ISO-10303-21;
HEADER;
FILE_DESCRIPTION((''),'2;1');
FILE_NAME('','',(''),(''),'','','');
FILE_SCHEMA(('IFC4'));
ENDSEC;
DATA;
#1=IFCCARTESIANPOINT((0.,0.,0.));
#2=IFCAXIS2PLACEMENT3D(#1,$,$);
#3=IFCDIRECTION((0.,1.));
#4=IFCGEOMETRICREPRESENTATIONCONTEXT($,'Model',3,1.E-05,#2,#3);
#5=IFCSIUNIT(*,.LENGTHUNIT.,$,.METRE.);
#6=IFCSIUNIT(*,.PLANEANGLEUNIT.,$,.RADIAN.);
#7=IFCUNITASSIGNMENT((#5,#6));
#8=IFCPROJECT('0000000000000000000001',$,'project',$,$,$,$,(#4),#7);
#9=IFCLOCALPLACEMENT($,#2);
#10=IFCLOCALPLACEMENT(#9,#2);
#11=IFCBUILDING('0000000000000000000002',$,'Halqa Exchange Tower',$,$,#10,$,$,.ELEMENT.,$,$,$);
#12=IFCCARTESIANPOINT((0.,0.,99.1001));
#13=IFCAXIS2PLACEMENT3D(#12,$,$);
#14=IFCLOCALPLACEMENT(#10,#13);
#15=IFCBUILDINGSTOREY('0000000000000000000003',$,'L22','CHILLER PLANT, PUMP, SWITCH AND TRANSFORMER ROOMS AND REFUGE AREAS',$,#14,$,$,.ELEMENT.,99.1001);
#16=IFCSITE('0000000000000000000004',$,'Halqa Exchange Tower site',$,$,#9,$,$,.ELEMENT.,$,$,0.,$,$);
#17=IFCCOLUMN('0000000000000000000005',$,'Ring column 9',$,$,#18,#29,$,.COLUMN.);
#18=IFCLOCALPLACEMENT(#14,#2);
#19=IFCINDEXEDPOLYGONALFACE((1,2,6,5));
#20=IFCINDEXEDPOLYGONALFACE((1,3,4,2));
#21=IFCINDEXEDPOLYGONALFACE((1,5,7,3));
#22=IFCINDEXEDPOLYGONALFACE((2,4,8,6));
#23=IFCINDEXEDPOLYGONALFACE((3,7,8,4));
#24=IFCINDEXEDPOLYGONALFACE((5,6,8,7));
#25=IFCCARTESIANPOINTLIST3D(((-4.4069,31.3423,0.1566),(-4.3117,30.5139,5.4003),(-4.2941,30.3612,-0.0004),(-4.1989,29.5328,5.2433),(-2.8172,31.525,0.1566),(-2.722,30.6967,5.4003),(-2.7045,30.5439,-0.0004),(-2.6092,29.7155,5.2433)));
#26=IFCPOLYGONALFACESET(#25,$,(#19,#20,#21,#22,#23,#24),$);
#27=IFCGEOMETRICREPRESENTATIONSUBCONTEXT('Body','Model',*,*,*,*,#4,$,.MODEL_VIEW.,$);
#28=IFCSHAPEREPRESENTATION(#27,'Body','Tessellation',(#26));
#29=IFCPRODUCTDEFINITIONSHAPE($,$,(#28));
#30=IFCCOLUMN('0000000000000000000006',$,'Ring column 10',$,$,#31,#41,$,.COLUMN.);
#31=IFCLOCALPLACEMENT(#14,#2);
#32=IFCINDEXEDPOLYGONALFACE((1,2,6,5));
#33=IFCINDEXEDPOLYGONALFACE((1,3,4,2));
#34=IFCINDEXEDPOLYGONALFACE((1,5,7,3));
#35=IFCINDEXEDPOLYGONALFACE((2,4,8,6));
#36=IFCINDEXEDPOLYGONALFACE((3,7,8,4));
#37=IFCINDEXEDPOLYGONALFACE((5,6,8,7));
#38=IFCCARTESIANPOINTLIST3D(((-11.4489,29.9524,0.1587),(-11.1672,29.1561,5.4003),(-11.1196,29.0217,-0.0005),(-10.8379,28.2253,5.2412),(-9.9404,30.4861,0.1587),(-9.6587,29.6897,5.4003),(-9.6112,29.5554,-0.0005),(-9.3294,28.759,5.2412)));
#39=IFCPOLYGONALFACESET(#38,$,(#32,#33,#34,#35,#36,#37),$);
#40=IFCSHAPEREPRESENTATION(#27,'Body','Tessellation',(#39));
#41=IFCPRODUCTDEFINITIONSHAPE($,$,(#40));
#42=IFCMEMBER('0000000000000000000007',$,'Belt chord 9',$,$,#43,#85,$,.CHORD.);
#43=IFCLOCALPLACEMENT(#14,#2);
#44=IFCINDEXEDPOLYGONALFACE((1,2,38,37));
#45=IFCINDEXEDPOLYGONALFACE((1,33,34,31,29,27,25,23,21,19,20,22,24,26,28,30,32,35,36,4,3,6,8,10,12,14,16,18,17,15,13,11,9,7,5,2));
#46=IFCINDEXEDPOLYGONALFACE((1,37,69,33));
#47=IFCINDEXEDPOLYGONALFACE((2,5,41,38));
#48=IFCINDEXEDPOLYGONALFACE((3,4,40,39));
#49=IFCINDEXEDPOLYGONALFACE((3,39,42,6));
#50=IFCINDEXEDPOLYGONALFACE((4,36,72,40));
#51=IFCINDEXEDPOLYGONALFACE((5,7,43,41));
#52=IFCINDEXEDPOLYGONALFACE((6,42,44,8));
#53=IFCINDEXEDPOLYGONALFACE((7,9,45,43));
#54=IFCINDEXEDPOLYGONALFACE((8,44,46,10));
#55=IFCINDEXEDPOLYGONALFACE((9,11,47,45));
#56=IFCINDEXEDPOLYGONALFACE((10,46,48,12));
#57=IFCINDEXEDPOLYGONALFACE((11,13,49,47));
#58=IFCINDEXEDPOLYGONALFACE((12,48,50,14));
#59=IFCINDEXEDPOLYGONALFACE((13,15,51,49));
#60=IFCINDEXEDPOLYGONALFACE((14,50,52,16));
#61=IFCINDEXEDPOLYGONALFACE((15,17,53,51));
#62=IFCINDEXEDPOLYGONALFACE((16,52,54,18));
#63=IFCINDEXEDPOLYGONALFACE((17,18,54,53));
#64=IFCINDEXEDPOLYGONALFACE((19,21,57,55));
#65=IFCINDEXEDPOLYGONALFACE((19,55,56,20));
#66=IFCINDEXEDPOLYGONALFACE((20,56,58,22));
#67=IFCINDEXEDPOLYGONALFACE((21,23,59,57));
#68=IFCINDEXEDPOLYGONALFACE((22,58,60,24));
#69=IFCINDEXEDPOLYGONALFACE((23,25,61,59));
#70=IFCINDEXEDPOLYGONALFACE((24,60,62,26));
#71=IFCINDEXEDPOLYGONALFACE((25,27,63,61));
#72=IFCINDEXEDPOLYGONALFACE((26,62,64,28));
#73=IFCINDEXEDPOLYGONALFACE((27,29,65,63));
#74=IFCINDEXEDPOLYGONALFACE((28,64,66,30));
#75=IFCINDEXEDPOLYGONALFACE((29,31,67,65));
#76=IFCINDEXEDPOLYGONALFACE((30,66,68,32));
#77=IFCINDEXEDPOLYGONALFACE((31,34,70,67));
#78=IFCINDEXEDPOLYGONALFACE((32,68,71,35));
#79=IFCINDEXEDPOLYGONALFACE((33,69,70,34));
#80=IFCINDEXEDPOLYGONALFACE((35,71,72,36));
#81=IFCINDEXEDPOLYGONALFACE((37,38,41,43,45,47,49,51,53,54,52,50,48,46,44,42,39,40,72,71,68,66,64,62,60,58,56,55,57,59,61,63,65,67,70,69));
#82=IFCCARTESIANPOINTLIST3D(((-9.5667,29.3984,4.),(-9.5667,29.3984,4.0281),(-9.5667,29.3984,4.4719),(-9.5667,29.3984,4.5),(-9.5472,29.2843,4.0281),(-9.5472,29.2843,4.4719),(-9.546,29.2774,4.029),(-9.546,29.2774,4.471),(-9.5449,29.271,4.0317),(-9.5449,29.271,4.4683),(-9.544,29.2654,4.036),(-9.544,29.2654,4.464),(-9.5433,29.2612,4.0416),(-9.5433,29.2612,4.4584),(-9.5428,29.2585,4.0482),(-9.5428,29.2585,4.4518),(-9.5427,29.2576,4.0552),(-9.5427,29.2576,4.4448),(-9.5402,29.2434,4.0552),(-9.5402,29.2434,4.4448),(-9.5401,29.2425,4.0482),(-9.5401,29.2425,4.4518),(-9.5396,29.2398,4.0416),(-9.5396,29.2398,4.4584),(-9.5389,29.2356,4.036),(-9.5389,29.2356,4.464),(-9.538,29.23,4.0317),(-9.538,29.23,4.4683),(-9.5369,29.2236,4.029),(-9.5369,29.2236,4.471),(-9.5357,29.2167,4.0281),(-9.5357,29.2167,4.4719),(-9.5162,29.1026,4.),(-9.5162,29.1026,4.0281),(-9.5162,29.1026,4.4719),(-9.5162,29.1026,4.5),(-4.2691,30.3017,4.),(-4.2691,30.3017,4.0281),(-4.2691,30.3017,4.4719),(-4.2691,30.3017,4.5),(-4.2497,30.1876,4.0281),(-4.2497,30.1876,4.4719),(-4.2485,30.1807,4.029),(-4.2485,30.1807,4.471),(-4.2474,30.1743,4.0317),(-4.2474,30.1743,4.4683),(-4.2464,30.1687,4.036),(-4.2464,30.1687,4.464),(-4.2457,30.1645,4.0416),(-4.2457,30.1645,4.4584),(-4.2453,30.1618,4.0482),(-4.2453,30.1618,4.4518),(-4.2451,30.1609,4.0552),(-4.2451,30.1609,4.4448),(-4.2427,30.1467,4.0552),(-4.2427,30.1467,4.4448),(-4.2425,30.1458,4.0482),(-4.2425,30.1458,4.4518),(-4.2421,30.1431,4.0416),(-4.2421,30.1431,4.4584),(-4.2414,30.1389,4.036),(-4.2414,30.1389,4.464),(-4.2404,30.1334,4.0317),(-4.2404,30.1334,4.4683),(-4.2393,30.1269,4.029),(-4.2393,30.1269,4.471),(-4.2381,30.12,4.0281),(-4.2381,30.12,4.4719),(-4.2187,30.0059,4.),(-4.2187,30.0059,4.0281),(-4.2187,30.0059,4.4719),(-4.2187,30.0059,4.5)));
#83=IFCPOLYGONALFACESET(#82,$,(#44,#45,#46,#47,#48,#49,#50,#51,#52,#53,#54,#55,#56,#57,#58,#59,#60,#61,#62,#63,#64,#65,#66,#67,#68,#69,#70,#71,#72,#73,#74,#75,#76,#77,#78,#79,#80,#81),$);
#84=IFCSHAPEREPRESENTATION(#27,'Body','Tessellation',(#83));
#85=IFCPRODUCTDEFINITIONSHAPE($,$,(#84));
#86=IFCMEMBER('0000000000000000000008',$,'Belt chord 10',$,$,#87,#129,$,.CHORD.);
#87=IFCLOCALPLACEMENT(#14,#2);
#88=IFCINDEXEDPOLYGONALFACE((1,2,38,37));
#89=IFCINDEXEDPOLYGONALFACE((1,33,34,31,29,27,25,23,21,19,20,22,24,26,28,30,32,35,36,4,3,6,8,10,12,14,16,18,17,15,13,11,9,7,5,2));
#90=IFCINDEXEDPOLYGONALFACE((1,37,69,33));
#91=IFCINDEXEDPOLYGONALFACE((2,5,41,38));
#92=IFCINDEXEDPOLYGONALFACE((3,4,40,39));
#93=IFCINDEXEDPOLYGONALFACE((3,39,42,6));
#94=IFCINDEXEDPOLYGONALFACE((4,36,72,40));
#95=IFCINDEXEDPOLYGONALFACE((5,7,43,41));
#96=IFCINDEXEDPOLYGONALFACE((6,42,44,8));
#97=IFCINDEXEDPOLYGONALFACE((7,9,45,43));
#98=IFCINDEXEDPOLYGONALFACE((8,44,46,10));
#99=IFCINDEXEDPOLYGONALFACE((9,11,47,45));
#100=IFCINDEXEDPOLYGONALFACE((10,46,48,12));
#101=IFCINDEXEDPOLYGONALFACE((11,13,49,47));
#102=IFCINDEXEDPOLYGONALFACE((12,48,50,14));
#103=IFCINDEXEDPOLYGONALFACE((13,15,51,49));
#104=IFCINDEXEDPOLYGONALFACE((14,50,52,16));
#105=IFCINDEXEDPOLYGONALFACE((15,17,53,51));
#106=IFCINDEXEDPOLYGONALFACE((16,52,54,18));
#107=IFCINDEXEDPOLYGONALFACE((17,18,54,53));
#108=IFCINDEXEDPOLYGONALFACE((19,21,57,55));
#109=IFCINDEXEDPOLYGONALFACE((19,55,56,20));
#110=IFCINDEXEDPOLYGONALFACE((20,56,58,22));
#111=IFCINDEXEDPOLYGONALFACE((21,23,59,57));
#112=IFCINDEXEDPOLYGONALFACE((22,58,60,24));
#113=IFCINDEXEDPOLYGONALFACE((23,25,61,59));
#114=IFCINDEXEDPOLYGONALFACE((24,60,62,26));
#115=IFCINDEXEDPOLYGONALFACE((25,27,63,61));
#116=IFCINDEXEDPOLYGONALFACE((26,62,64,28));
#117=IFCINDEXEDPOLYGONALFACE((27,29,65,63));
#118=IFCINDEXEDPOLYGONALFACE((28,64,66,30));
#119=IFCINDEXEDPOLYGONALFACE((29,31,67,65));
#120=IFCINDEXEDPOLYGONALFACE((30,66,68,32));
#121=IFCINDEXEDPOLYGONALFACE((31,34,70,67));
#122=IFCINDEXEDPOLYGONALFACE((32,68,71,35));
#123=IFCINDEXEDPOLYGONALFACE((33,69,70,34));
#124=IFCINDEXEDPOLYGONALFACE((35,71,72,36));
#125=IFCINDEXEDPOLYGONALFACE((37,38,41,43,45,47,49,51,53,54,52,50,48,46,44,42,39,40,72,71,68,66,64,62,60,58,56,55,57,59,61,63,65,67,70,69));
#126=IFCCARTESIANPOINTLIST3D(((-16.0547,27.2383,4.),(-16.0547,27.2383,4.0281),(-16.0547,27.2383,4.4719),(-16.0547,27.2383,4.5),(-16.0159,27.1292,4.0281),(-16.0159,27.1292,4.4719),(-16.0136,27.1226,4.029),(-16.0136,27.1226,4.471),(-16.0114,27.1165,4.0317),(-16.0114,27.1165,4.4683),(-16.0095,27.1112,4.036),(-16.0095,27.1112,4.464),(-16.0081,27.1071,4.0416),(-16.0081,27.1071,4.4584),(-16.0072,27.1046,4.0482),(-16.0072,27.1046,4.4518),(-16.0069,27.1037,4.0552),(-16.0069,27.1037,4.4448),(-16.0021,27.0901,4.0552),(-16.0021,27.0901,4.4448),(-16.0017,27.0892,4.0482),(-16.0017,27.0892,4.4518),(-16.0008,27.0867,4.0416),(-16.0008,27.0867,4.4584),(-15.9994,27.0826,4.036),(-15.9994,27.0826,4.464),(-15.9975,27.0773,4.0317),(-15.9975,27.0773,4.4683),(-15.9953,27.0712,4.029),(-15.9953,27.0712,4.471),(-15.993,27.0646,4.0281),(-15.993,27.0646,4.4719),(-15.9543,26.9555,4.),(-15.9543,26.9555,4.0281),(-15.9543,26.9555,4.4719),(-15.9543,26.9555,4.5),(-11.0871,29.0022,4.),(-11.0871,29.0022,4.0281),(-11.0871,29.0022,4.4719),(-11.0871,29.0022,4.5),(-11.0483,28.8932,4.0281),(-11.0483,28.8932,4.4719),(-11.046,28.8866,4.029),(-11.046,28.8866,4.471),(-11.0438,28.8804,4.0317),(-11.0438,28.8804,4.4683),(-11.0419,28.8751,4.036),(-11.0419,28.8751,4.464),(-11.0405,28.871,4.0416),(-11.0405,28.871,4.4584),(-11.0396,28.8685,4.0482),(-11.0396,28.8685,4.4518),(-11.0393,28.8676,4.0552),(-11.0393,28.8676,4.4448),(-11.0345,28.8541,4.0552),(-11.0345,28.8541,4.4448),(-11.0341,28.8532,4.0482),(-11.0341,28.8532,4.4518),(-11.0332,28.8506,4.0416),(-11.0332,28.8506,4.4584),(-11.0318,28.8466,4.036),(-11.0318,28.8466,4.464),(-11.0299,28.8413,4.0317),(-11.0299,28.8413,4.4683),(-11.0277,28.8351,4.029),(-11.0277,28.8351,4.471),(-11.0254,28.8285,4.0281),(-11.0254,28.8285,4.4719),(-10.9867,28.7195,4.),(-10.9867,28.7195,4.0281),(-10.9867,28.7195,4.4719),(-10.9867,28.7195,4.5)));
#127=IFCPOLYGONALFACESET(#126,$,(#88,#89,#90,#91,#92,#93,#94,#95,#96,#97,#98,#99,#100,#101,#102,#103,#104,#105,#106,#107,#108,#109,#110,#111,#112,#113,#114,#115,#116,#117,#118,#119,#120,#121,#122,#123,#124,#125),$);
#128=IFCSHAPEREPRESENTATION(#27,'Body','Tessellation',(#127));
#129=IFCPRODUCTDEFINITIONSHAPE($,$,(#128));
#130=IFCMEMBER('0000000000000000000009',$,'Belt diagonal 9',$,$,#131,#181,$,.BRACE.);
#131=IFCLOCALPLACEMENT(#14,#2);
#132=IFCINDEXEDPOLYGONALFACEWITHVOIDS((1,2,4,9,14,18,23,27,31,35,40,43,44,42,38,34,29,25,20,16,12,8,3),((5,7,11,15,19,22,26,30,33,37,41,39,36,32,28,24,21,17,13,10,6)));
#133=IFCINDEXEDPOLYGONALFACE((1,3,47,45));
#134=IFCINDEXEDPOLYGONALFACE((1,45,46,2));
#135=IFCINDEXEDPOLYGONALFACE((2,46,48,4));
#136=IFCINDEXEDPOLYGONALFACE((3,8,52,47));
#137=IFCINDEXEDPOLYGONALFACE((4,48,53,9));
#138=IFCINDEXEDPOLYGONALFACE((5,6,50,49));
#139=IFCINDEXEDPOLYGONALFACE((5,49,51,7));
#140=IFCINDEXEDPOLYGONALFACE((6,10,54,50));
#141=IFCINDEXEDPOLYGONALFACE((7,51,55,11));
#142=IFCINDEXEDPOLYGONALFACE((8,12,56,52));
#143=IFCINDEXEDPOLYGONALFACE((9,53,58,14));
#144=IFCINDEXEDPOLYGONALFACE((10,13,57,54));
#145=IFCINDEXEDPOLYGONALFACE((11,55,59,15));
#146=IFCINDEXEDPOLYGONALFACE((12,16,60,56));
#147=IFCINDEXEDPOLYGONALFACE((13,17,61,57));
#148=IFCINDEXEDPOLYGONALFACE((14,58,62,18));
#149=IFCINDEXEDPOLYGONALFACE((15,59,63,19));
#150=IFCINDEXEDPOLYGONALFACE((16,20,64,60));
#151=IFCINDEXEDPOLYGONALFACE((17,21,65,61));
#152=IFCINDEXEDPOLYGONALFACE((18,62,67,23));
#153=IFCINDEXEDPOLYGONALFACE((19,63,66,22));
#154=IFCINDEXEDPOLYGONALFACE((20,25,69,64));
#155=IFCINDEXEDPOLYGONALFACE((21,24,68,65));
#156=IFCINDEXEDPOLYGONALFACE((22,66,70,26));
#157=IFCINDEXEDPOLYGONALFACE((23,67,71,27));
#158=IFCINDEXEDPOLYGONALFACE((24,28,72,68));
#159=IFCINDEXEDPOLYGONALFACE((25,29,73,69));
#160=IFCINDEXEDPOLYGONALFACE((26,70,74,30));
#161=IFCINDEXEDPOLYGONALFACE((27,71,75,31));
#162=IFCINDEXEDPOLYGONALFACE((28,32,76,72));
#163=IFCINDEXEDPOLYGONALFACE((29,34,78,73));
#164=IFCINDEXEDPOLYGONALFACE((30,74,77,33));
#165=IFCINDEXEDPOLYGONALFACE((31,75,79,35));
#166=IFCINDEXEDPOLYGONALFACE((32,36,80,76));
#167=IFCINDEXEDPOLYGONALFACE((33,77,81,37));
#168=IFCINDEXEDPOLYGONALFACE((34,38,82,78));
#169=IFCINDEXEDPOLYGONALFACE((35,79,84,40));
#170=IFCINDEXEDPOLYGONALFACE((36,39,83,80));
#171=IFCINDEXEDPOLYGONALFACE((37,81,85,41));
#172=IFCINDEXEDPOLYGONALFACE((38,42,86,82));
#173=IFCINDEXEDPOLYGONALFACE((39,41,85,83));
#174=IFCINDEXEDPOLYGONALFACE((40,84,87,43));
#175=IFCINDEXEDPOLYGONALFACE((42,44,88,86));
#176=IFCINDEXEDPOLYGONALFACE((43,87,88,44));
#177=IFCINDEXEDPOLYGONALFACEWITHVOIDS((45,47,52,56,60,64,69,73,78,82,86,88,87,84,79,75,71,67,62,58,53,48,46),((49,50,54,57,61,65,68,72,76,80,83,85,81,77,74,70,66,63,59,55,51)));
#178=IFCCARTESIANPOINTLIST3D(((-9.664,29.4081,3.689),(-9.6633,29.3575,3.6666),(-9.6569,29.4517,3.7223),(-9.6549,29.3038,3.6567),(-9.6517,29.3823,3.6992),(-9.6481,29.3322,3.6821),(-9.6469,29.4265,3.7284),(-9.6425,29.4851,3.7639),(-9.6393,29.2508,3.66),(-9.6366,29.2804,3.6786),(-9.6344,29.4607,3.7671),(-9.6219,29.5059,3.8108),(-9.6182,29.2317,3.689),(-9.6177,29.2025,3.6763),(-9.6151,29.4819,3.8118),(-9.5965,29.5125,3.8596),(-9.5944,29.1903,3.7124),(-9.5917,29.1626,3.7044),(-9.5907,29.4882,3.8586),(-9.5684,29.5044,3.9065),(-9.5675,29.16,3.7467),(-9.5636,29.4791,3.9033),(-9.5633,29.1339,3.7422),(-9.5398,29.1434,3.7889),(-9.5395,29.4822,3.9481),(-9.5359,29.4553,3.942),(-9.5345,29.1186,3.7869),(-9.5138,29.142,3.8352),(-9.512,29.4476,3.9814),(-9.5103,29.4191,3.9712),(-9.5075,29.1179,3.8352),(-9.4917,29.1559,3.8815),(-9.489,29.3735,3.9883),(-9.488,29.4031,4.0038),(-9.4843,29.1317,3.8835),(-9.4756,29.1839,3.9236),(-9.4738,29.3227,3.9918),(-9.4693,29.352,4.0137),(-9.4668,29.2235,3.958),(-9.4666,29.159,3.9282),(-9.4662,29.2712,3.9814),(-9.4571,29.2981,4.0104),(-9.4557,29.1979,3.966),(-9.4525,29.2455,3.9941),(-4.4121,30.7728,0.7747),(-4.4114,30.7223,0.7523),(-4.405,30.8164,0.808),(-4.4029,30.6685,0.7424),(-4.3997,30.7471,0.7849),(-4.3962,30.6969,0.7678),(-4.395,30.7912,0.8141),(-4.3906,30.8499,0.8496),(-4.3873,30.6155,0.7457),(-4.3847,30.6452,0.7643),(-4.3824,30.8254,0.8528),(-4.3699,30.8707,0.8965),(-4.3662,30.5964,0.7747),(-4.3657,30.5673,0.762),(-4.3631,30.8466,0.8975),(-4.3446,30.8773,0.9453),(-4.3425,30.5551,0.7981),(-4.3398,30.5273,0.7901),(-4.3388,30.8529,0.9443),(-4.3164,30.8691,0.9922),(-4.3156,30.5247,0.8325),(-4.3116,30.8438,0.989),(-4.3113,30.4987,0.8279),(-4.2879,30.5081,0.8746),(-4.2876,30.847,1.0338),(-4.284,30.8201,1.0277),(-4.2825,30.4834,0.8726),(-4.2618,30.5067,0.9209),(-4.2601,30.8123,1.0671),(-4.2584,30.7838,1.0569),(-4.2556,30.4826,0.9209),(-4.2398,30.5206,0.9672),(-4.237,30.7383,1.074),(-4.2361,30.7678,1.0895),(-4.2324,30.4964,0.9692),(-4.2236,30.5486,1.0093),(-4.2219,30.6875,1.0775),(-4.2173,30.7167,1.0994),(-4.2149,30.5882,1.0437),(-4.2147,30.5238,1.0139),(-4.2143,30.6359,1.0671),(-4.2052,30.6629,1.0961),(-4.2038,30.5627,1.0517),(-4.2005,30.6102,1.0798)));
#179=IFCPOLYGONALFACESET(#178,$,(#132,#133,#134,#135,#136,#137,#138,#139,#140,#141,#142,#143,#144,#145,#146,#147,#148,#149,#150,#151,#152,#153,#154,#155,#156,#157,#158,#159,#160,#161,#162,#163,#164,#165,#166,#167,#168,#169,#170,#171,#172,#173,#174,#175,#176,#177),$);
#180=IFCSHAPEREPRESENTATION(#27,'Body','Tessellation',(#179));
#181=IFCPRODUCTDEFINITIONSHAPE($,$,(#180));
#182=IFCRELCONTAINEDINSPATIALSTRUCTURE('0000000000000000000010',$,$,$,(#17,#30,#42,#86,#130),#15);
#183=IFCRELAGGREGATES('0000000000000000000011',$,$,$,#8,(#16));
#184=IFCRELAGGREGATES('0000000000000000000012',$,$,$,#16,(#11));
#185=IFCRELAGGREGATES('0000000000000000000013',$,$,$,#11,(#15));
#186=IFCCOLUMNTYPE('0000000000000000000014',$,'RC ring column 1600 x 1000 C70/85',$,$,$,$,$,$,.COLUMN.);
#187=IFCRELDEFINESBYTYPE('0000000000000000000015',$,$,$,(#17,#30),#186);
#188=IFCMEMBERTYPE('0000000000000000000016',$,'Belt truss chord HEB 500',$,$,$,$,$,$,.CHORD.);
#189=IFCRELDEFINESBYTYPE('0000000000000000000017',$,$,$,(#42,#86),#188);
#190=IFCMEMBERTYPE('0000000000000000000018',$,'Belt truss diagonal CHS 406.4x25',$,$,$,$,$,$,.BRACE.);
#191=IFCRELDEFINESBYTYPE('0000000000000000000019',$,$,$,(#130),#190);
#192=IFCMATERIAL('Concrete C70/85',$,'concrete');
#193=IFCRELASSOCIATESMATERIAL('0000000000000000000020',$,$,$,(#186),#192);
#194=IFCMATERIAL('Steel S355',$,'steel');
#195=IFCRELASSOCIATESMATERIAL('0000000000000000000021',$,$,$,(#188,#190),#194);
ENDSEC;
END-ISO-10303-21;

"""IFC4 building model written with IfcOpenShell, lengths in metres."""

from ifc_helpers import new_model, si_unit, direction, frame, origin, origin_2d, place, context, subcontext, project, spatial, rectangle, hollow_circle, i_section, extrude, material, material_profile, profile_set, type_object, element, save


model = new_model("IFC4")

# Units and contexts
model_context = context("Model", 3, precision=1e-05, world=origin(), true_north=direction((0.0, 1.0)))
body_context = subcontext(model_context, "Body", "Model", "MODEL_VIEW")
ifc_project = project(units=[si_unit("LENGTHUNIT", "METRE"), si_unit("PLANEANGLEUNIT", "RADIAN")], contexts=[model_context])

# Site, building, storey
site_placement = place(None, origin())
site = spatial("IfcSite", under=ifc_project, at=site_placement, Name="Halqa Exchange Tower site", CompositionType="ELEMENT", RefElevation=0.0)
building_placement = place(site_placement, origin())
building = spatial("IfcBuilding", under=site, at=building_placement, Name="Halqa Exchange Tower", CompositionType="ELEMENT")
storey_placement = place(building_placement, frame((0.0, 0.0, 99.1001)))
storey = spatial("IfcBuildingStorey", under=building, at=storey_placement, Name="L22", Description="CHILLER PLANT, PUMP, SWITCH AND TRANSFORMER ROOMS AND REFUGE AREAS", CompositionType="ELEMENT", Elevation=99.1001)

# Columns
ifc_material_1 = material(Name="Concrete C70/85", Category="concrete")
ifc_material_profile_1 = material_profile(ifc_material_1, rectangle(XDim=1.6001, YDim=1.0, at=origin_2d()), Name="1600 x 1000")
ifc_profile_set_1 = profile_set([ifc_material_profile_1], Name="Concrete C70/85")
column_type = type_object("IfcColumnType", Name="RC ring column 1600 x 1000 C70/85", PredefinedType="COLUMN", material=ifc_profile_set_1)
column_1_placement = place(storey_placement, frame((-3.5557, 30.9431, 0.0781), z_axis=(0.017933, -0.156015, 0.987592), x_axis=(0.993459, 0.114191, 0.0)))
element("IfcColumn", 1, at=column_1_placement, inside=storey, type_object=column_type, Name="Ring column 9", PredefinedType="COLUMN", context=body_context, shape_type="SweptSolid", body=[
    extrude(rectangle(XDim=1.6001, YDim=1.0, at=origin_2d()), origin(), (0.0, 0.0, 1.0), 5.3096),
])
column_2_placement = place(storey_placement, frame((-10.53, 29.7539, 0.0791), z_axis=(0.053065, -0.149998, 0.987261), x_axis=(0.942745, 0.333515, 0.0)))
element("IfcColumn", 2, at=column_2_placement, inside=storey, type_object=column_type, Name="Ring column 10", PredefinedType="COLUMN", context=body_context, shape_type="SweptSolid", body=[
    extrude(rectangle(XDim=1.6001, YDim=1.0, at=origin_2d()), origin(), (0.0, 0.0, 1.0), 5.3093),
])

# Members
ifc_material_2 = material(Name="Steel S355", Category="steel")
ifc_material_profile_2 = material_profile(ifc_material_2, i_section(OverallWidth=0.3, OverallDepth=0.5, WebThickness=0.0144, FlangeThickness=0.0281, FilletRadius=0.0271, at=origin_2d()), Name="HEB 500")
ifc_profile_set_2 = profile_set([ifc_material_profile_2], Name="Steel S355")
member_type_1 = type_object("IfcMemberType", Name="Belt truss chord HEB 500", PredefinedType="CHORD", material=ifc_profile_set_2)
member_1_placement = place(storey_placement, frame((-4.2439, 30.1538, 4.25), z_axis=(-0.985772, -0.168089, 0.0), x_axis=(0.168089, -0.985772, 0.0)))
element("IfcMember", 3, at=member_1_placement, inside=storey, type_object=member_type_1, Name="Belt chord 9", PredefinedType="CHORD", context=body_context, shape_type="SweptSolid", body=[
    extrude(i_section(OverallWidth=0.3, OverallDepth=0.5, WebThickness=0.0144, FlangeThickness=0.0281, FilletRadius=0.0271, at=origin_2d()), origin(), (0.0, 0.0, 1.0), 5.374),
])
member_2_placement = place(storey_placement, frame((-11.0369, 28.8608, 4.25), z_axis=(-0.942353, -0.334619, 0.0), x_axis=(0.334619, -0.942353, 0.0)))
element("IfcMember", 4, at=member_2_placement, inside=storey, type_object=member_type_1, Name="Belt chord 10", PredefinedType="CHORD", context=body_context, shape_type="SweptSolid", body=[
    extrude(i_section(OverallWidth=0.3, OverallDepth=0.5, WebThickness=0.0144, FlangeThickness=0.0281, FilletRadius=0.0271, at=origin_2d()), origin(), (0.0, 0.0, 1.0), 5.2715),
])
ifc_material_profile_3 = material_profile(ifc_material_2, hollow_circle(Radius=0.2031, WallThickness=0.0249, at=origin_2d()), Name="CHS 406.4x25")
ifc_profile_set_3 = profile_set([ifc_material_profile_3], Name="Steel S355")
member_type_2 = type_object("IfcMemberType", Name="Belt truss diagonal CHS 406.4x25", PredefinedType="BRACE", material=ifc_profile_set_3)
for number, where, z_axis, x_axis, name in (
    (5, (-4.3066, 30.6792, 0.9209), (-0.852667, -0.22157, 0.473145), (0.251502, -0.967857, 0.0), "Belt diagonal 9"),
):
    element("IfcMember", number, at=place(storey_placement, frame(where, z_axis=z_axis, x_axis=x_axis)), inside=storey, type_object=member_type_2, Name=name, PredefinedType="BRACE", context=body_context, shape_type="SweptSolid", body=[
        extrude(hollow_circle(Radius=0.2031, WallThickness=0.0249, at=origin_2d()), origin(), (0.0, 0.0, 1.0), 6.1594),
    ])

save(model, "model.ifc")
